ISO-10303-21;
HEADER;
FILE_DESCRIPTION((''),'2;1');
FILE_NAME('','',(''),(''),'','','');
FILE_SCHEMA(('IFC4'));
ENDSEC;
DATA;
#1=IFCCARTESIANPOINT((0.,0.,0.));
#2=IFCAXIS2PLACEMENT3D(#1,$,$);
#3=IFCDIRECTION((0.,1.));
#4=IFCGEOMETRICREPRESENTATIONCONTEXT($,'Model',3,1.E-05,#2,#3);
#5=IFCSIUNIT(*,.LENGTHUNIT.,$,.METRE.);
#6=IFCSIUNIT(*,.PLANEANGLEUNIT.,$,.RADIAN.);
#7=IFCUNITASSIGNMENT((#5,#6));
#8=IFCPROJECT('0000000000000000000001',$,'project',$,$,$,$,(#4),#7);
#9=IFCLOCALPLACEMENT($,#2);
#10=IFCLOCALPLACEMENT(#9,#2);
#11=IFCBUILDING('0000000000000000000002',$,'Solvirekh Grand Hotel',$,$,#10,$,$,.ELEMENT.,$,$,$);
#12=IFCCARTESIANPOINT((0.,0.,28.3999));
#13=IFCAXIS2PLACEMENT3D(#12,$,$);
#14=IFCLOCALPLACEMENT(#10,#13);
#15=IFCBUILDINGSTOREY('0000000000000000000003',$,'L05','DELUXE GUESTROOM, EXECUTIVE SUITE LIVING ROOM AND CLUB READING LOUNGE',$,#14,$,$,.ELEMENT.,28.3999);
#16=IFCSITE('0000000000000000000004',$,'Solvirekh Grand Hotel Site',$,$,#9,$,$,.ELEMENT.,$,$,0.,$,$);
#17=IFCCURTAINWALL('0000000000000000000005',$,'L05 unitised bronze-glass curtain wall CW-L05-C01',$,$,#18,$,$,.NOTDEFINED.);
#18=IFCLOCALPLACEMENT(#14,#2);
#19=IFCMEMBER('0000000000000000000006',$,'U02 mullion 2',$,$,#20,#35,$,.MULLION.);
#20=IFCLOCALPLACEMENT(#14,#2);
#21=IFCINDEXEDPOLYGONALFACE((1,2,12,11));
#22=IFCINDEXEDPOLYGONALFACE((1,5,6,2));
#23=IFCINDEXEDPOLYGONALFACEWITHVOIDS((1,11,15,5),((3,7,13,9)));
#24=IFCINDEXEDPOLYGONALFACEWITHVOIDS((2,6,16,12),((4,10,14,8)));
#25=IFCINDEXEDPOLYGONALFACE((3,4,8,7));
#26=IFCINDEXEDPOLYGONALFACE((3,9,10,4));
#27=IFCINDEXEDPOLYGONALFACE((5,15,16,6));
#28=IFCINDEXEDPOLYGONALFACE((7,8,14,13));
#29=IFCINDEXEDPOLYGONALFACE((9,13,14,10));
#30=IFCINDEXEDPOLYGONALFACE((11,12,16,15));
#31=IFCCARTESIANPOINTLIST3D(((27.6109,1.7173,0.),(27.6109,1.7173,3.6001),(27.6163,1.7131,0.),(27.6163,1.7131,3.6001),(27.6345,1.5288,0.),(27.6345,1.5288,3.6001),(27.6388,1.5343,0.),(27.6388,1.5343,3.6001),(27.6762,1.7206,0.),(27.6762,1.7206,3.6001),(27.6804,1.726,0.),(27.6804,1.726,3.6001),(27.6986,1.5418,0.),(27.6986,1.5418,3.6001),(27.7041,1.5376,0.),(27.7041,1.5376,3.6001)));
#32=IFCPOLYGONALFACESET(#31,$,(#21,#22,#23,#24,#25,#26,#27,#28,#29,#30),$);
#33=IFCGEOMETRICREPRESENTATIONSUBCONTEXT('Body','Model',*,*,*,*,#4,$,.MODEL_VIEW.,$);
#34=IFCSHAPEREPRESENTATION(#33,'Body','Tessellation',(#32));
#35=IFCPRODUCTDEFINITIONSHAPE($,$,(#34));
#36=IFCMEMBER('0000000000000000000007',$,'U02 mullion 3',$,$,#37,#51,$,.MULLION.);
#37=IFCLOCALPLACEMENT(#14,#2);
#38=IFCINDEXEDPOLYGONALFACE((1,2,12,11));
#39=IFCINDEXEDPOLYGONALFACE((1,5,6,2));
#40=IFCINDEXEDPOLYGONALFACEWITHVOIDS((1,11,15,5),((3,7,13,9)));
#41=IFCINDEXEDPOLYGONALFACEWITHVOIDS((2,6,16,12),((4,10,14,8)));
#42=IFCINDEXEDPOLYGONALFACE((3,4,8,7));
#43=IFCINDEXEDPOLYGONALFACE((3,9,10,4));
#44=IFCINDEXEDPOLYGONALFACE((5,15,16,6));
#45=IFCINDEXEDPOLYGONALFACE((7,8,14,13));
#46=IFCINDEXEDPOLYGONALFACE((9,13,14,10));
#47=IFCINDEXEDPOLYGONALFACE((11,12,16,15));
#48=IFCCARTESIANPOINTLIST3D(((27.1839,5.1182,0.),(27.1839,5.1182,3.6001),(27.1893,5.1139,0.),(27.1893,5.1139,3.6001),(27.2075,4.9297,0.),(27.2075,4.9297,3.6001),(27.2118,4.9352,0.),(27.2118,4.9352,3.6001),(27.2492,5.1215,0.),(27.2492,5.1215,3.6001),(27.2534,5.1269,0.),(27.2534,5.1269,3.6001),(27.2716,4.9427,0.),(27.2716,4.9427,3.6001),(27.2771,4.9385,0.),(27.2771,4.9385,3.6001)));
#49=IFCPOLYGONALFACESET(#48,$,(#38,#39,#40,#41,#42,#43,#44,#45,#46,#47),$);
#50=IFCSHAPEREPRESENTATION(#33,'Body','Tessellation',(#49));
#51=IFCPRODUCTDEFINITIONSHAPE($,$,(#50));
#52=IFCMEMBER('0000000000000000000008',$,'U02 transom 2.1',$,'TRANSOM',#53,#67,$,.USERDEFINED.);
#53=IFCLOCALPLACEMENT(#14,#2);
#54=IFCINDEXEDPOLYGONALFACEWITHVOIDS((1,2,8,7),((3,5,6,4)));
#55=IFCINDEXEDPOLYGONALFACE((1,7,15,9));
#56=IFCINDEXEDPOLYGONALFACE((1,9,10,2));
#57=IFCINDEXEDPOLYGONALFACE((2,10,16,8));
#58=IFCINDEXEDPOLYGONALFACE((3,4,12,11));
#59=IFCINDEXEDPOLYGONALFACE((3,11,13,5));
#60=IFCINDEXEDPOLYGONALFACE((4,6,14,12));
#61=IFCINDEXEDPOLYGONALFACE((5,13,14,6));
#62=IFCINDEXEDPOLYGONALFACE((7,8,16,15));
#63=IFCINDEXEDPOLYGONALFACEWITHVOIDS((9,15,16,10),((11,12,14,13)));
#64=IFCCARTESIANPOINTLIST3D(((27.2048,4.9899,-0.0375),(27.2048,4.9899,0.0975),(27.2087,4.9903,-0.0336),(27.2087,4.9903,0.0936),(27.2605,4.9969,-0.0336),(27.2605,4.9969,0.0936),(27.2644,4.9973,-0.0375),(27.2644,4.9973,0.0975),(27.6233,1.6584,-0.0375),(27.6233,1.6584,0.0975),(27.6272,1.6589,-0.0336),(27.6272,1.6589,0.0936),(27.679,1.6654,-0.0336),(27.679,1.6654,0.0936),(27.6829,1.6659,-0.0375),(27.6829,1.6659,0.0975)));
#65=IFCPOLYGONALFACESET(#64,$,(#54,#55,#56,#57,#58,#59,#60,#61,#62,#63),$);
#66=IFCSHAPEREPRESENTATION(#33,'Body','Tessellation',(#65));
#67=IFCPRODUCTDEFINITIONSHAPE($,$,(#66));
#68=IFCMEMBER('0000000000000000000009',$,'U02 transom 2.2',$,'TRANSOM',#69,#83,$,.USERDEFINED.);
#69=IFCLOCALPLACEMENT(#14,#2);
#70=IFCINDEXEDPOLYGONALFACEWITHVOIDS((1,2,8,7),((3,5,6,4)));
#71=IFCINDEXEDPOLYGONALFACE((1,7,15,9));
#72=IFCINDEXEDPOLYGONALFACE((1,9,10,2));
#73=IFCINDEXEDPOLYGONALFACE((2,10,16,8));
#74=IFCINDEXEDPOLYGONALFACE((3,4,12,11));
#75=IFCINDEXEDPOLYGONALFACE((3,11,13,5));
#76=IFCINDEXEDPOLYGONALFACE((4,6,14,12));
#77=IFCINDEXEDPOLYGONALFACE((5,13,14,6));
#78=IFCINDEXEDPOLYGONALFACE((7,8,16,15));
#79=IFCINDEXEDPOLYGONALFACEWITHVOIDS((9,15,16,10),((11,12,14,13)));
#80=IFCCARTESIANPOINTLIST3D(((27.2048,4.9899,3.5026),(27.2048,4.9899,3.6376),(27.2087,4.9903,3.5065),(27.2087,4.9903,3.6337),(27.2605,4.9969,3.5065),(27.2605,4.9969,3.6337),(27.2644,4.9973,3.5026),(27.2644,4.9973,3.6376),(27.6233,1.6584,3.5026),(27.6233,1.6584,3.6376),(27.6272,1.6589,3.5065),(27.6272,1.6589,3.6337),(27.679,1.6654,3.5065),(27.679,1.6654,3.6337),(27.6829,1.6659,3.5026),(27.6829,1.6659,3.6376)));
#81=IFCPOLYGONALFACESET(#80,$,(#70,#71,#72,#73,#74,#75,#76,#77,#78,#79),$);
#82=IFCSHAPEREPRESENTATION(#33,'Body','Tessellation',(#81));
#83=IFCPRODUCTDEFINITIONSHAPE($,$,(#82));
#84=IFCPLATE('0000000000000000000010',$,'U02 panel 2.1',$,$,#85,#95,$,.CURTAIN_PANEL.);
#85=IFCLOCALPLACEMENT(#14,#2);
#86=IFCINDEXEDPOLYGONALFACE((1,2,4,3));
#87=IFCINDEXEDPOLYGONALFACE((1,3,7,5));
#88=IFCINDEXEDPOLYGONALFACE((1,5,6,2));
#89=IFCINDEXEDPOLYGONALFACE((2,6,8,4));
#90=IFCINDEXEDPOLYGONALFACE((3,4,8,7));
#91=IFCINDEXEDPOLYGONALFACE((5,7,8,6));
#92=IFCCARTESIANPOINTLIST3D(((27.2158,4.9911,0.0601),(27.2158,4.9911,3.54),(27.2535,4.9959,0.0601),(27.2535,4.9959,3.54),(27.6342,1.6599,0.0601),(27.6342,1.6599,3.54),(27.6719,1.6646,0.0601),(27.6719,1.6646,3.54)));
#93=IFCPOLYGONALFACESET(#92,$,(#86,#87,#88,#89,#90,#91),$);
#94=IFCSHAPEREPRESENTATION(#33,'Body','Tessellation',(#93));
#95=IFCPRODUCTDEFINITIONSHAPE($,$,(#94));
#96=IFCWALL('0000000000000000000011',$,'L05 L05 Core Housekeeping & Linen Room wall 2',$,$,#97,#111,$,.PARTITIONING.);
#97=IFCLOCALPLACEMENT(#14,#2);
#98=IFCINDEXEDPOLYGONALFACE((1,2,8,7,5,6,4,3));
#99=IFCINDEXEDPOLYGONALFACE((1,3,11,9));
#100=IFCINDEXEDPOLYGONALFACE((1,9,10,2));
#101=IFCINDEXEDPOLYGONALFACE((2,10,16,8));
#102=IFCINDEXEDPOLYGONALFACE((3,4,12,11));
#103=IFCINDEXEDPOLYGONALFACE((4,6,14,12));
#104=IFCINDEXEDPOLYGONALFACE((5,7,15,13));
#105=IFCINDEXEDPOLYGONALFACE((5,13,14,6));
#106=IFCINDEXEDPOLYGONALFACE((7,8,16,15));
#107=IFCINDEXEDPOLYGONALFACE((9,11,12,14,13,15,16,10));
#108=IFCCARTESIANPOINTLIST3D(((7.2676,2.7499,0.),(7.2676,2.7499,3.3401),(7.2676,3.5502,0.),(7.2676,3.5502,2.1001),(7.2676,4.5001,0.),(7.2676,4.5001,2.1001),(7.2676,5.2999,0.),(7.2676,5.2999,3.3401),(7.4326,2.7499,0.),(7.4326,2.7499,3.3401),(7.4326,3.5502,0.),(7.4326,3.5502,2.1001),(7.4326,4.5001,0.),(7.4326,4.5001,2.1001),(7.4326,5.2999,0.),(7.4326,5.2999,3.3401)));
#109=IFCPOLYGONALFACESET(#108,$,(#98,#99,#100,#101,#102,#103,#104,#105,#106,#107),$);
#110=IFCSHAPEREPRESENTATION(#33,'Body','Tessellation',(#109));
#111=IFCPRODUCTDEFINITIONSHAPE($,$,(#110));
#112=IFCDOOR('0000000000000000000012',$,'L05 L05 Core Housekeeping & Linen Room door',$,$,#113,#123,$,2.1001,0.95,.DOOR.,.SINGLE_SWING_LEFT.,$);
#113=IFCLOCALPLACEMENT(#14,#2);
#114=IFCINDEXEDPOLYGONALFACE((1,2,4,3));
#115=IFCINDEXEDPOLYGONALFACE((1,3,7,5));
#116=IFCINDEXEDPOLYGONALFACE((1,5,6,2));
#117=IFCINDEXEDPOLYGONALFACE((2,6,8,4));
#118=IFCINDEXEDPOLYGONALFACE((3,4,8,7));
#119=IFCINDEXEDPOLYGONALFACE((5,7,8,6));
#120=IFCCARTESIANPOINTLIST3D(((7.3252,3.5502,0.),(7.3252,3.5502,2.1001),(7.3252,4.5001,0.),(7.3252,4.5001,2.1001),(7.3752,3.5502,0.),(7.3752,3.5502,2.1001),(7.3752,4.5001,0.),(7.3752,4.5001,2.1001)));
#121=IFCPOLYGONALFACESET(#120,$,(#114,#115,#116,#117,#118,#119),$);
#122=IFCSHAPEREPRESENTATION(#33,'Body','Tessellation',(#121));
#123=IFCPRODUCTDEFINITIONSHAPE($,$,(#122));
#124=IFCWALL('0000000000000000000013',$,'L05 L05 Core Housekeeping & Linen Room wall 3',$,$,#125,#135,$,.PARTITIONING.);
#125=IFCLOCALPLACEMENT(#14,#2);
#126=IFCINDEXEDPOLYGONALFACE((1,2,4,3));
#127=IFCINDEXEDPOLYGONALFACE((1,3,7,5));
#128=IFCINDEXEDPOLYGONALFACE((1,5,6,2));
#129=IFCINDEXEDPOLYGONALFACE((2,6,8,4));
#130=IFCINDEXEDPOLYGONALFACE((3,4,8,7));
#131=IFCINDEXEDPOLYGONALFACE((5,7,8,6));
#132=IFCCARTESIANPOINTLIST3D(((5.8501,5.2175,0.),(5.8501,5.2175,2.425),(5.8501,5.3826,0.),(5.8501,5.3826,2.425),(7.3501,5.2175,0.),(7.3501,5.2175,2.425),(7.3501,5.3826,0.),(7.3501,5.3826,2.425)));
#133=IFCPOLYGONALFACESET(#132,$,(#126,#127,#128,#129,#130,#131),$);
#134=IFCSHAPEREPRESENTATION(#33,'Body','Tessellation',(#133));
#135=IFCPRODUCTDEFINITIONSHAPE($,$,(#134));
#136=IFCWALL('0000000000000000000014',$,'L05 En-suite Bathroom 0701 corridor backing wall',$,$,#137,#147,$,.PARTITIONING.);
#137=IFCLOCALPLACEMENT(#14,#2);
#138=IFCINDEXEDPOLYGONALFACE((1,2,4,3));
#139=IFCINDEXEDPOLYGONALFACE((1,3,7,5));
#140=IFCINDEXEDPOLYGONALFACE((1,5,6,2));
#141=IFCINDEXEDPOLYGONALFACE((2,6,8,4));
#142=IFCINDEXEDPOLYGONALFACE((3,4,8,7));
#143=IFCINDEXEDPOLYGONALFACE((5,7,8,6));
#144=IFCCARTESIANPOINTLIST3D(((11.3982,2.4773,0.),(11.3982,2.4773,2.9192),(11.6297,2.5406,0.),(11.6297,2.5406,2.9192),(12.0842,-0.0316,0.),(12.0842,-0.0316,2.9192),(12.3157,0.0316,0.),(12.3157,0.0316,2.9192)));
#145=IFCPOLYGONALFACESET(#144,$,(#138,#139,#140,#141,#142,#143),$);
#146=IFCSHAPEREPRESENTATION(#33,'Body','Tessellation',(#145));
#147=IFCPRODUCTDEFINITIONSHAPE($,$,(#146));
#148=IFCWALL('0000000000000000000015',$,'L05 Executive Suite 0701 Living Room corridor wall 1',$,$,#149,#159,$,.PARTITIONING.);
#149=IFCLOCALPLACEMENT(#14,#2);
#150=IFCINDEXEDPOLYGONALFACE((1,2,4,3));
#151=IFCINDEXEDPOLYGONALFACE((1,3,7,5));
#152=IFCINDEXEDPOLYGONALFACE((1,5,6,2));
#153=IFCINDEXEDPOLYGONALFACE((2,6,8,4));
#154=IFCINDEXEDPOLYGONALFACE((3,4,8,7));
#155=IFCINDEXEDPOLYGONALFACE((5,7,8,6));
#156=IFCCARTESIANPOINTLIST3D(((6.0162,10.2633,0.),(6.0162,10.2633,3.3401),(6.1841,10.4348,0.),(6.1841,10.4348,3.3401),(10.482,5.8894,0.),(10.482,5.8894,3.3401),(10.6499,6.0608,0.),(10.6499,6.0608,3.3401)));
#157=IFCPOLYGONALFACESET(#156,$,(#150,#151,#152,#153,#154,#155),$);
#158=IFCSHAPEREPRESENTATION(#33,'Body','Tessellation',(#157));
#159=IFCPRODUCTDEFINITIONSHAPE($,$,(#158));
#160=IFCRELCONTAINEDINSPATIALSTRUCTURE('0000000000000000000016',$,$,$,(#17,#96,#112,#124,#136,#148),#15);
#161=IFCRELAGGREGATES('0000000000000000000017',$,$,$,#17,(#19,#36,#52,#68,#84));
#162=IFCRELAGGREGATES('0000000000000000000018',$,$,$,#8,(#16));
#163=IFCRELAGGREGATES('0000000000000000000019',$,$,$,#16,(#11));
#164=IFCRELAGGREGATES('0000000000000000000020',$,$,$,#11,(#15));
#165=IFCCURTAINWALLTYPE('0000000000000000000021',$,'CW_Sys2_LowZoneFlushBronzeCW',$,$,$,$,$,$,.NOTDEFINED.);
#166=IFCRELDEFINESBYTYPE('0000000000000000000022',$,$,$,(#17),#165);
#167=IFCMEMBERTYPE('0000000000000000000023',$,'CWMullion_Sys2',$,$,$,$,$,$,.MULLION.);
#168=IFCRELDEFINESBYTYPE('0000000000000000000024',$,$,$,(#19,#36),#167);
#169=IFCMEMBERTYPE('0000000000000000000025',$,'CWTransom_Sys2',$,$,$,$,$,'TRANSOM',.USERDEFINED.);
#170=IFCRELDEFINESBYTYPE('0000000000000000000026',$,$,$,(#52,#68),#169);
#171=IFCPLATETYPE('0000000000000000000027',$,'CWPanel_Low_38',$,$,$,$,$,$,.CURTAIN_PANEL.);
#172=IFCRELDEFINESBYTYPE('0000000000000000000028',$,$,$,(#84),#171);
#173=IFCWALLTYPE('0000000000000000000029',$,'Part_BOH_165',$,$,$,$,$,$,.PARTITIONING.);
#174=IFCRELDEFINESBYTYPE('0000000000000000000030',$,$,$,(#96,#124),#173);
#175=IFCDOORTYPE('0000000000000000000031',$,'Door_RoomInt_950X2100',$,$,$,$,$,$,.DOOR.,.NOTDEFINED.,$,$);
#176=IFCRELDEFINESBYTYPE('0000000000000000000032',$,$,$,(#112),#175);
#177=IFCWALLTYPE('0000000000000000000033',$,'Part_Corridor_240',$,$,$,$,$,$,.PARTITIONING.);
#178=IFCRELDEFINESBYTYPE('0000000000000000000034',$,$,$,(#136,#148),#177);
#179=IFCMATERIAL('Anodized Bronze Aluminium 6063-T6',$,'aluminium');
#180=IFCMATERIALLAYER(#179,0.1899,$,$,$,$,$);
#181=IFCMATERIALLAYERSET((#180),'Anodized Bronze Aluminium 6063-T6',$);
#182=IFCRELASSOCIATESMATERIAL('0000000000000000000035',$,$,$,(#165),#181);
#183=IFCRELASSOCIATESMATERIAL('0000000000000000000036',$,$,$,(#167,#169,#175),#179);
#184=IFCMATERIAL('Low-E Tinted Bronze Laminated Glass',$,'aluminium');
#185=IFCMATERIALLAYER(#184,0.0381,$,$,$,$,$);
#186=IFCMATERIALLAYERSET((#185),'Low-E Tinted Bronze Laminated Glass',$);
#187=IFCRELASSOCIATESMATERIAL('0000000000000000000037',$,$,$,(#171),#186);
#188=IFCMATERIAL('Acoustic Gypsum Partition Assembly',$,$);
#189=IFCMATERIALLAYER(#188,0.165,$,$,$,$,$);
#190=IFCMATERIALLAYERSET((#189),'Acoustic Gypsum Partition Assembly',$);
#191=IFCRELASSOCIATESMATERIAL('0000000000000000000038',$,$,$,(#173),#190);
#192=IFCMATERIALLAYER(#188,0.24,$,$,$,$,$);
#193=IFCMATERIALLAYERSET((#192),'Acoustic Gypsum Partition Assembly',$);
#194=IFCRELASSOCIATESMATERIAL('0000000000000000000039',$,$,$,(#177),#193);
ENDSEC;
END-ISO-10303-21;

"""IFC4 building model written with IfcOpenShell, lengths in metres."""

from ifc_helpers import new_model, si_unit, direction, frame, frame_2d, origin, origin_2d, place, context, subcontext, project, spatial, rectangle, hollow_rectangle, extrude, source, transform, mapped, material, layer, layer_set, material_profile, profile_set, type_object, element, fill, aggregate, save


model = new_model("IFC4")

# Units and contexts
model_context = context("Model", 3, precision=1e-05, world=origin(), true_north=direction((0.0, 1.0)))
body_context = subcontext(model_context, "Body", "Model", "MODEL_VIEW")
ifc_project = project(units=[si_unit("LENGTHUNIT", "METRE"), si_unit("PLANEANGLEUNIT", "RADIAN")], contexts=[model_context])

# Site, building, storey
site_placement = place(None, origin())
site = spatial("IfcSite", under=ifc_project, at=site_placement, Name="Solvirekh Grand Hotel Site", CompositionType="ELEMENT", RefElevation=0.0)
building_placement = place(site_placement, origin())
building = spatial("IfcBuilding", under=site, at=building_placement, Name="Solvirekh Grand Hotel", CompositionType="ELEMENT")
storey_placement = place(building_placement, frame((0.0, 0.0, 28.3999)))
storey = spatial("IfcBuildingStorey", under=building, at=storey_placement, Name="L05", Description="DELUXE GUESTROOM, EXECUTIVE SUITE LIVING ROOM AND CLUB READING LOUNGE", CompositionType="ELEMENT", Elevation=28.3999)

# Curtain wall, members, plate
ifc_material_1 = material(Name="Anodized Bronze Aluminium 6063-T6", Category="aluminium")
ifc_layer_1 = layer(ifc_material_1, 0.1899)
ifc_layer_set_1 = layer_set([ifc_layer_1], Name="Anodized Bronze Aluminium 6063-T6")
curtain_wall_type = type_object("IfcCurtainWallType", Name="CW_Sys2_LowZoneFlushBronzeCW", PredefinedType="NOTDEFINED", material=ifc_layer_set_1)
curtain_wall_placement = place(storey_placement, origin())
curtain_wall = element("IfcCurtainWall", 1, at=curtain_wall_placement, inside=storey, type_object=curtain_wall_type, Name="L05 unitised bronze-glass curtain wall CW-L05-C01", PredefinedType="NOTDEFINED")
ifc_material_profile_1 = material_profile(ifc_material_1, hollow_rectangle(XDim=0.0701, YDim=0.1899, WallThickness=0.0049, at=origin_2d()), Name="ALU RHS 190X70X5")
ifc_profile_set_1 = profile_set([ifc_material_profile_1], Name="Anodized Bronze Aluminium 6063-T6")
member_type_1 = type_object("IfcMemberType", Name="CWMullion_Sys2", PredefinedType="MULLION", material=ifc_profile_set_1)
shared_shape_1 = source(origin(), body_context, "Body", "SweptSolid", [
    extrude(hollow_rectangle(XDim=0.0701, YDim=0.1899, WallThickness=0.0049, at=origin_2d()), origin(), (0.0, 0.0, 1.0), 3.6001),
])
member_1_placement = place(storey_placement, frame((27.6575, 1.6274, 0.0), z_axis=(0.0, 0.0, 1.0), x_axis=(-0.992204, -0.124621, 0.0)))
member_1 = element("IfcMember", 2, at=member_1_placement, type_object=member_type_1, Name="U02 mullion 2", PredefinedType="MULLION", context=body_context, shape_type="MappedRepresentation", body=[
    mapped(shared_shape_1, transform((0.0, 0.0, 0.0), x_axis=(1.0, 0.0, 0.0), y_axis=(0.0, 1.0, 0.0), z_axis=(0.0, 0.0, 1.0), scale=1.0)),
])
member_2_placement = place(storey_placement, frame((27.2305, 5.0283, 0.0), z_axis=(0.0, 0.0, 1.0), x_axis=(-0.992204, -0.124621, 0.0)))
member_2 = element("IfcMember", 3, at=member_2_placement, type_object=member_type_1, Name="U02 mullion 3", PredefinedType="MULLION", context=body_context, shape_type="MappedRepresentation", body=[
    mapped(shared_shape_1, transform((0.0, 0.0, 0.0), x_axis=(1.0, 0.0, 0.0), y_axis=(0.0, 1.0, 0.0), z_axis=(0.0, 0.0, 1.0), scale=1.0)),
])
ifc_material_profile_2 = material_profile(ifc_material_1, hollow_rectangle(XDim=0.0601, YDim=0.135, WallThickness=0.0039, at=origin_2d()), Name="ALU RHS 135X60X4")
ifc_profile_set_2 = profile_set([ifc_material_profile_2], Name="Anodized Bronze Aluminium 6063-T6")
member_type_2 = type_object("IfcMemberType", Name="CWTransom_Sys2", ElementType="TRANSOM", PredefinedType="USERDEFINED", material=ifc_profile_set_2)
shared_shape_2 = source(origin(), body_context, "Body", "SweptSolid", [
    extrude(hollow_rectangle(XDim=0.0601, YDim=0.135, WallThickness=0.0039, at=origin_2d()), origin(), (0.0, 0.0, 1.0), 3.3577),
])
member_3_placement = place(storey_placement, frame((27.6531, 1.6621, 0.03), z_axis=(-0.124625, 0.992204, 0.0), x_axis=(-0.992204, -0.124625, 0.0)))
member_3 = element("IfcMember", 4, at=member_3_placement, type_object=member_type_2, Name="U02 transom 2.1", ObjectType="TRANSOM", PredefinedType="USERDEFINED", context=body_context, shape_type="MappedRepresentation", body=[
    mapped(shared_shape_2, transform((0.0, 0.0, 0.0), x_axis=(1.0, 0.0, 0.0), y_axis=(0.0, 1.0, 0.0), z_axis=(0.0, 0.0, 1.0), scale=1.0)),
])
member_4_placement = place(storey_placement, frame((27.6531, 1.6621, 3.5701), z_axis=(-0.124625, 0.992204, 0.0), x_axis=(-0.992204, -0.124625, 0.0)))
member_4 = element("IfcMember", 5, at=member_4_placement, type_object=member_type_2, Name="U02 transom 2.2", ObjectType="TRANSOM", PredefinedType="USERDEFINED", context=body_context, shape_type="MappedRepresentation", body=[
    mapped(shared_shape_2, transform((0.0, 0.0, 0.0), x_axis=(1.0, 0.0, 0.0), y_axis=(0.0, 1.0, 0.0), z_axis=(0.0, 0.0, 1.0), scale=1.0)),
])
ifc_material_2 = material(Name="Low-E Tinted Bronze Laminated Glass", Category="aluminium")
ifc_layer_2 = layer(ifc_material_2, 0.0381)
ifc_layer_set_2 = layer_set([ifc_layer_2], Name="Low-E Tinted Bronze Laminated Glass")
plate_type = type_object("IfcPlateType", Name="CWPanel_Low_38", PredefinedType="CURTAIN_PANEL", material=ifc_layer_set_2)
shared_shape_3 = source(origin(), body_context, "Body", "SweptSolid", [
    extrude(rectangle(XDim=3.3574, YDim=0.0381, at=origin_2d()), origin(), (0.0, 0.0, 1.0), 3.48),
])
plate_placement = place(storey_placement, frame((27.4438, 3.3279, 0.0601), z_axis=(0.0, 0.0, 1.0), x_axis=(-0.124621, 0.992204, 0.0)))
plate = element("IfcPlate", 6, at=plate_placement, type_object=plate_type, Name="U02 panel 2.1", PredefinedType="CURTAIN_PANEL", context=body_context, shape_type="MappedRepresentation", body=[
    mapped(shared_shape_3, transform((0.0, 0.0, 0.0), x_axis=(1.0, 0.0, 0.0), y_axis=(0.0, 1.0, 0.0), z_axis=(0.0, 0.0, 1.0), scale=1.0)),
])
aggregate(curtain_wall, [member_1, member_2, member_3, member_4, plate])

# Wall, opening, door
ifc_material_3 = material(Name="Acoustic Gypsum Partition Assembly")
ifc_layer_3 = layer(ifc_material_3, 0.165)
ifc_layer_set_3 = layer_set([ifc_layer_3], Name="Acoustic Gypsum Partition Assembly")
wall_type_1 = type_object("IfcWallType", Name="Part_BOH_165", PredefinedType="PARTITIONING", material=ifc_layer_set_3)
wall_1_placement = place(storey_placement, frame((7.3501, 2.75, 0.0), z_axis=(0.0, 0.0, 1.0), x_axis=(0.0, 1.0, 0.0)))
wall_1 = element("IfcWall", 7, at=wall_1_placement, inside=storey, type_object=wall_type_1, Name="L05 L05 Core Housekeeping & Linen Room wall 2", PredefinedType="PARTITIONING", context=body_context, shape_type="SweptSolid", body=[
    extrude(rectangle(XDim=2.55, YDim=0.165, at=frame_2d((1.2749, 0.0))), origin(), (0.0, 0.0, 1.0), 3.3401),
])
opening_1_placement = place(wall_1_placement, frame((0.8, 0.0, 0.0)))
opening_1 = element("IfcOpeningElement", 8, at=opening_1_placement, cuts=wall_1, PredefinedType="OPENING", context=body_context, shape_type="SweptSolid", body=[
    extrude(rectangle(XDim=0.95, YDim=2.1001, at=frame_2d((0.4751, 1.05))), frame((0.0, 0.0925, 0.0), z_axis=(0.0, -1.0, 0.0), x_axis=(1.0, 0.0, 0.0)), (0.0, 0.0, 1.0), 0.1851),
])
door_type_1 = type_object("IfcDoorType", Name="Door_RoomInt_950X2100", OperationType="NOTDEFINED", PredefinedType="DOOR", material=ifc_material_1)
door_1_placement = place(opening_1_placement, origin())
door_1 = element("IfcDoor", 9, at=door_1_placement, inside=storey, type_object=door_type_1, Name="L05 L05 Core Housekeeping & Linen Room door", OperationType="SINGLE_SWING_LEFT", OverallHeight=2.1001, OverallWidth=0.95, PredefinedType="DOOR", context=body_context, shape_type="SweptSolid", body=[
    extrude(rectangle(XDim=0.95, YDim=2.1001, at=frame_2d((0.4751, 1.05))), frame((0.0, 0.0249, 0.0), z_axis=(0.0, -1.0, 0.0), x_axis=(1.0, 0.0, 0.0)), (0.0, 0.0, 1.0), 0.05),
])
fill(opening_1, door_1)

# Walls
wall_2_placement = place(storey_placement, frame((7.3501, 5.3, 0.0), z_axis=(0.0, 0.0, 1.0), x_axis=(-1.0, 0.0, 0.0)))
element("IfcWall", 10, at=wall_2_placement, inside=storey, type_object=wall_type_1, Name="L05 L05 Core Housekeeping & Linen Room wall 3", PredefinedType="PARTITIONING", context=body_context, shape_type="SweptSolid", body=[
    extrude(rectangle(XDim=1.5, YDim=0.165, at=frame_2d((0.75, 0.0))), origin(), (0.0, 0.0, 1.0), 2.425),
])
ifc_layer_4 = layer(ifc_material_3, 0.24)
ifc_layer_set_4 = layer_set([ifc_layer_4], Name="Acoustic Gypsum Partition Assembly")
wall_type_2 = type_object("IfcWallType", Name="Part_Corridor_240", PredefinedType="PARTITIONING", material=ifc_layer_set_4)
wall_3_placement = place(storey_placement, frame((12.2, 0.0, 0.0), z_axis=(0.0, 0.0, 1.0), x_axis=(-0.263745, 0.964593, 0.0)))
element("IfcWall", 11, at=wall_3_placement, inside=storey, type_object=wall_type_2, Name="L05 En-suite Bathroom 0701 corridor backing wall", PredefinedType="PARTITIONING", context=body_context, shape_type="SweptSolid", body=[
    extrude(rectangle(XDim=2.6011, YDim=0.24, at=frame_2d((1.3005, 0.0))), origin(), (0.0, 0.0, 1.0), 2.9192),
])
wall_4_placement = place(storey_placement, frame((10.5659, 5.9751, 0.0), z_axis=(0.0, 0.0, 1.0), x_axis=(-0.714411, 0.699726, 0.0)))
element("IfcWall", 12, at=wall_4_placement, inside=storey, type_object=wall_type_2, Name="L05 Executive Suite 0701 Living Room corridor wall 1", PredefinedType="PARTITIONING", context=body_context, shape_type="SweptSolid", body=[
    extrude(rectangle(XDim=6.251, YDim=0.24, at=frame_2d((3.1255, 0.0))), origin(), (0.0, 0.0, 1.0), 3.3401),
])

save(model, "model.ifc")
